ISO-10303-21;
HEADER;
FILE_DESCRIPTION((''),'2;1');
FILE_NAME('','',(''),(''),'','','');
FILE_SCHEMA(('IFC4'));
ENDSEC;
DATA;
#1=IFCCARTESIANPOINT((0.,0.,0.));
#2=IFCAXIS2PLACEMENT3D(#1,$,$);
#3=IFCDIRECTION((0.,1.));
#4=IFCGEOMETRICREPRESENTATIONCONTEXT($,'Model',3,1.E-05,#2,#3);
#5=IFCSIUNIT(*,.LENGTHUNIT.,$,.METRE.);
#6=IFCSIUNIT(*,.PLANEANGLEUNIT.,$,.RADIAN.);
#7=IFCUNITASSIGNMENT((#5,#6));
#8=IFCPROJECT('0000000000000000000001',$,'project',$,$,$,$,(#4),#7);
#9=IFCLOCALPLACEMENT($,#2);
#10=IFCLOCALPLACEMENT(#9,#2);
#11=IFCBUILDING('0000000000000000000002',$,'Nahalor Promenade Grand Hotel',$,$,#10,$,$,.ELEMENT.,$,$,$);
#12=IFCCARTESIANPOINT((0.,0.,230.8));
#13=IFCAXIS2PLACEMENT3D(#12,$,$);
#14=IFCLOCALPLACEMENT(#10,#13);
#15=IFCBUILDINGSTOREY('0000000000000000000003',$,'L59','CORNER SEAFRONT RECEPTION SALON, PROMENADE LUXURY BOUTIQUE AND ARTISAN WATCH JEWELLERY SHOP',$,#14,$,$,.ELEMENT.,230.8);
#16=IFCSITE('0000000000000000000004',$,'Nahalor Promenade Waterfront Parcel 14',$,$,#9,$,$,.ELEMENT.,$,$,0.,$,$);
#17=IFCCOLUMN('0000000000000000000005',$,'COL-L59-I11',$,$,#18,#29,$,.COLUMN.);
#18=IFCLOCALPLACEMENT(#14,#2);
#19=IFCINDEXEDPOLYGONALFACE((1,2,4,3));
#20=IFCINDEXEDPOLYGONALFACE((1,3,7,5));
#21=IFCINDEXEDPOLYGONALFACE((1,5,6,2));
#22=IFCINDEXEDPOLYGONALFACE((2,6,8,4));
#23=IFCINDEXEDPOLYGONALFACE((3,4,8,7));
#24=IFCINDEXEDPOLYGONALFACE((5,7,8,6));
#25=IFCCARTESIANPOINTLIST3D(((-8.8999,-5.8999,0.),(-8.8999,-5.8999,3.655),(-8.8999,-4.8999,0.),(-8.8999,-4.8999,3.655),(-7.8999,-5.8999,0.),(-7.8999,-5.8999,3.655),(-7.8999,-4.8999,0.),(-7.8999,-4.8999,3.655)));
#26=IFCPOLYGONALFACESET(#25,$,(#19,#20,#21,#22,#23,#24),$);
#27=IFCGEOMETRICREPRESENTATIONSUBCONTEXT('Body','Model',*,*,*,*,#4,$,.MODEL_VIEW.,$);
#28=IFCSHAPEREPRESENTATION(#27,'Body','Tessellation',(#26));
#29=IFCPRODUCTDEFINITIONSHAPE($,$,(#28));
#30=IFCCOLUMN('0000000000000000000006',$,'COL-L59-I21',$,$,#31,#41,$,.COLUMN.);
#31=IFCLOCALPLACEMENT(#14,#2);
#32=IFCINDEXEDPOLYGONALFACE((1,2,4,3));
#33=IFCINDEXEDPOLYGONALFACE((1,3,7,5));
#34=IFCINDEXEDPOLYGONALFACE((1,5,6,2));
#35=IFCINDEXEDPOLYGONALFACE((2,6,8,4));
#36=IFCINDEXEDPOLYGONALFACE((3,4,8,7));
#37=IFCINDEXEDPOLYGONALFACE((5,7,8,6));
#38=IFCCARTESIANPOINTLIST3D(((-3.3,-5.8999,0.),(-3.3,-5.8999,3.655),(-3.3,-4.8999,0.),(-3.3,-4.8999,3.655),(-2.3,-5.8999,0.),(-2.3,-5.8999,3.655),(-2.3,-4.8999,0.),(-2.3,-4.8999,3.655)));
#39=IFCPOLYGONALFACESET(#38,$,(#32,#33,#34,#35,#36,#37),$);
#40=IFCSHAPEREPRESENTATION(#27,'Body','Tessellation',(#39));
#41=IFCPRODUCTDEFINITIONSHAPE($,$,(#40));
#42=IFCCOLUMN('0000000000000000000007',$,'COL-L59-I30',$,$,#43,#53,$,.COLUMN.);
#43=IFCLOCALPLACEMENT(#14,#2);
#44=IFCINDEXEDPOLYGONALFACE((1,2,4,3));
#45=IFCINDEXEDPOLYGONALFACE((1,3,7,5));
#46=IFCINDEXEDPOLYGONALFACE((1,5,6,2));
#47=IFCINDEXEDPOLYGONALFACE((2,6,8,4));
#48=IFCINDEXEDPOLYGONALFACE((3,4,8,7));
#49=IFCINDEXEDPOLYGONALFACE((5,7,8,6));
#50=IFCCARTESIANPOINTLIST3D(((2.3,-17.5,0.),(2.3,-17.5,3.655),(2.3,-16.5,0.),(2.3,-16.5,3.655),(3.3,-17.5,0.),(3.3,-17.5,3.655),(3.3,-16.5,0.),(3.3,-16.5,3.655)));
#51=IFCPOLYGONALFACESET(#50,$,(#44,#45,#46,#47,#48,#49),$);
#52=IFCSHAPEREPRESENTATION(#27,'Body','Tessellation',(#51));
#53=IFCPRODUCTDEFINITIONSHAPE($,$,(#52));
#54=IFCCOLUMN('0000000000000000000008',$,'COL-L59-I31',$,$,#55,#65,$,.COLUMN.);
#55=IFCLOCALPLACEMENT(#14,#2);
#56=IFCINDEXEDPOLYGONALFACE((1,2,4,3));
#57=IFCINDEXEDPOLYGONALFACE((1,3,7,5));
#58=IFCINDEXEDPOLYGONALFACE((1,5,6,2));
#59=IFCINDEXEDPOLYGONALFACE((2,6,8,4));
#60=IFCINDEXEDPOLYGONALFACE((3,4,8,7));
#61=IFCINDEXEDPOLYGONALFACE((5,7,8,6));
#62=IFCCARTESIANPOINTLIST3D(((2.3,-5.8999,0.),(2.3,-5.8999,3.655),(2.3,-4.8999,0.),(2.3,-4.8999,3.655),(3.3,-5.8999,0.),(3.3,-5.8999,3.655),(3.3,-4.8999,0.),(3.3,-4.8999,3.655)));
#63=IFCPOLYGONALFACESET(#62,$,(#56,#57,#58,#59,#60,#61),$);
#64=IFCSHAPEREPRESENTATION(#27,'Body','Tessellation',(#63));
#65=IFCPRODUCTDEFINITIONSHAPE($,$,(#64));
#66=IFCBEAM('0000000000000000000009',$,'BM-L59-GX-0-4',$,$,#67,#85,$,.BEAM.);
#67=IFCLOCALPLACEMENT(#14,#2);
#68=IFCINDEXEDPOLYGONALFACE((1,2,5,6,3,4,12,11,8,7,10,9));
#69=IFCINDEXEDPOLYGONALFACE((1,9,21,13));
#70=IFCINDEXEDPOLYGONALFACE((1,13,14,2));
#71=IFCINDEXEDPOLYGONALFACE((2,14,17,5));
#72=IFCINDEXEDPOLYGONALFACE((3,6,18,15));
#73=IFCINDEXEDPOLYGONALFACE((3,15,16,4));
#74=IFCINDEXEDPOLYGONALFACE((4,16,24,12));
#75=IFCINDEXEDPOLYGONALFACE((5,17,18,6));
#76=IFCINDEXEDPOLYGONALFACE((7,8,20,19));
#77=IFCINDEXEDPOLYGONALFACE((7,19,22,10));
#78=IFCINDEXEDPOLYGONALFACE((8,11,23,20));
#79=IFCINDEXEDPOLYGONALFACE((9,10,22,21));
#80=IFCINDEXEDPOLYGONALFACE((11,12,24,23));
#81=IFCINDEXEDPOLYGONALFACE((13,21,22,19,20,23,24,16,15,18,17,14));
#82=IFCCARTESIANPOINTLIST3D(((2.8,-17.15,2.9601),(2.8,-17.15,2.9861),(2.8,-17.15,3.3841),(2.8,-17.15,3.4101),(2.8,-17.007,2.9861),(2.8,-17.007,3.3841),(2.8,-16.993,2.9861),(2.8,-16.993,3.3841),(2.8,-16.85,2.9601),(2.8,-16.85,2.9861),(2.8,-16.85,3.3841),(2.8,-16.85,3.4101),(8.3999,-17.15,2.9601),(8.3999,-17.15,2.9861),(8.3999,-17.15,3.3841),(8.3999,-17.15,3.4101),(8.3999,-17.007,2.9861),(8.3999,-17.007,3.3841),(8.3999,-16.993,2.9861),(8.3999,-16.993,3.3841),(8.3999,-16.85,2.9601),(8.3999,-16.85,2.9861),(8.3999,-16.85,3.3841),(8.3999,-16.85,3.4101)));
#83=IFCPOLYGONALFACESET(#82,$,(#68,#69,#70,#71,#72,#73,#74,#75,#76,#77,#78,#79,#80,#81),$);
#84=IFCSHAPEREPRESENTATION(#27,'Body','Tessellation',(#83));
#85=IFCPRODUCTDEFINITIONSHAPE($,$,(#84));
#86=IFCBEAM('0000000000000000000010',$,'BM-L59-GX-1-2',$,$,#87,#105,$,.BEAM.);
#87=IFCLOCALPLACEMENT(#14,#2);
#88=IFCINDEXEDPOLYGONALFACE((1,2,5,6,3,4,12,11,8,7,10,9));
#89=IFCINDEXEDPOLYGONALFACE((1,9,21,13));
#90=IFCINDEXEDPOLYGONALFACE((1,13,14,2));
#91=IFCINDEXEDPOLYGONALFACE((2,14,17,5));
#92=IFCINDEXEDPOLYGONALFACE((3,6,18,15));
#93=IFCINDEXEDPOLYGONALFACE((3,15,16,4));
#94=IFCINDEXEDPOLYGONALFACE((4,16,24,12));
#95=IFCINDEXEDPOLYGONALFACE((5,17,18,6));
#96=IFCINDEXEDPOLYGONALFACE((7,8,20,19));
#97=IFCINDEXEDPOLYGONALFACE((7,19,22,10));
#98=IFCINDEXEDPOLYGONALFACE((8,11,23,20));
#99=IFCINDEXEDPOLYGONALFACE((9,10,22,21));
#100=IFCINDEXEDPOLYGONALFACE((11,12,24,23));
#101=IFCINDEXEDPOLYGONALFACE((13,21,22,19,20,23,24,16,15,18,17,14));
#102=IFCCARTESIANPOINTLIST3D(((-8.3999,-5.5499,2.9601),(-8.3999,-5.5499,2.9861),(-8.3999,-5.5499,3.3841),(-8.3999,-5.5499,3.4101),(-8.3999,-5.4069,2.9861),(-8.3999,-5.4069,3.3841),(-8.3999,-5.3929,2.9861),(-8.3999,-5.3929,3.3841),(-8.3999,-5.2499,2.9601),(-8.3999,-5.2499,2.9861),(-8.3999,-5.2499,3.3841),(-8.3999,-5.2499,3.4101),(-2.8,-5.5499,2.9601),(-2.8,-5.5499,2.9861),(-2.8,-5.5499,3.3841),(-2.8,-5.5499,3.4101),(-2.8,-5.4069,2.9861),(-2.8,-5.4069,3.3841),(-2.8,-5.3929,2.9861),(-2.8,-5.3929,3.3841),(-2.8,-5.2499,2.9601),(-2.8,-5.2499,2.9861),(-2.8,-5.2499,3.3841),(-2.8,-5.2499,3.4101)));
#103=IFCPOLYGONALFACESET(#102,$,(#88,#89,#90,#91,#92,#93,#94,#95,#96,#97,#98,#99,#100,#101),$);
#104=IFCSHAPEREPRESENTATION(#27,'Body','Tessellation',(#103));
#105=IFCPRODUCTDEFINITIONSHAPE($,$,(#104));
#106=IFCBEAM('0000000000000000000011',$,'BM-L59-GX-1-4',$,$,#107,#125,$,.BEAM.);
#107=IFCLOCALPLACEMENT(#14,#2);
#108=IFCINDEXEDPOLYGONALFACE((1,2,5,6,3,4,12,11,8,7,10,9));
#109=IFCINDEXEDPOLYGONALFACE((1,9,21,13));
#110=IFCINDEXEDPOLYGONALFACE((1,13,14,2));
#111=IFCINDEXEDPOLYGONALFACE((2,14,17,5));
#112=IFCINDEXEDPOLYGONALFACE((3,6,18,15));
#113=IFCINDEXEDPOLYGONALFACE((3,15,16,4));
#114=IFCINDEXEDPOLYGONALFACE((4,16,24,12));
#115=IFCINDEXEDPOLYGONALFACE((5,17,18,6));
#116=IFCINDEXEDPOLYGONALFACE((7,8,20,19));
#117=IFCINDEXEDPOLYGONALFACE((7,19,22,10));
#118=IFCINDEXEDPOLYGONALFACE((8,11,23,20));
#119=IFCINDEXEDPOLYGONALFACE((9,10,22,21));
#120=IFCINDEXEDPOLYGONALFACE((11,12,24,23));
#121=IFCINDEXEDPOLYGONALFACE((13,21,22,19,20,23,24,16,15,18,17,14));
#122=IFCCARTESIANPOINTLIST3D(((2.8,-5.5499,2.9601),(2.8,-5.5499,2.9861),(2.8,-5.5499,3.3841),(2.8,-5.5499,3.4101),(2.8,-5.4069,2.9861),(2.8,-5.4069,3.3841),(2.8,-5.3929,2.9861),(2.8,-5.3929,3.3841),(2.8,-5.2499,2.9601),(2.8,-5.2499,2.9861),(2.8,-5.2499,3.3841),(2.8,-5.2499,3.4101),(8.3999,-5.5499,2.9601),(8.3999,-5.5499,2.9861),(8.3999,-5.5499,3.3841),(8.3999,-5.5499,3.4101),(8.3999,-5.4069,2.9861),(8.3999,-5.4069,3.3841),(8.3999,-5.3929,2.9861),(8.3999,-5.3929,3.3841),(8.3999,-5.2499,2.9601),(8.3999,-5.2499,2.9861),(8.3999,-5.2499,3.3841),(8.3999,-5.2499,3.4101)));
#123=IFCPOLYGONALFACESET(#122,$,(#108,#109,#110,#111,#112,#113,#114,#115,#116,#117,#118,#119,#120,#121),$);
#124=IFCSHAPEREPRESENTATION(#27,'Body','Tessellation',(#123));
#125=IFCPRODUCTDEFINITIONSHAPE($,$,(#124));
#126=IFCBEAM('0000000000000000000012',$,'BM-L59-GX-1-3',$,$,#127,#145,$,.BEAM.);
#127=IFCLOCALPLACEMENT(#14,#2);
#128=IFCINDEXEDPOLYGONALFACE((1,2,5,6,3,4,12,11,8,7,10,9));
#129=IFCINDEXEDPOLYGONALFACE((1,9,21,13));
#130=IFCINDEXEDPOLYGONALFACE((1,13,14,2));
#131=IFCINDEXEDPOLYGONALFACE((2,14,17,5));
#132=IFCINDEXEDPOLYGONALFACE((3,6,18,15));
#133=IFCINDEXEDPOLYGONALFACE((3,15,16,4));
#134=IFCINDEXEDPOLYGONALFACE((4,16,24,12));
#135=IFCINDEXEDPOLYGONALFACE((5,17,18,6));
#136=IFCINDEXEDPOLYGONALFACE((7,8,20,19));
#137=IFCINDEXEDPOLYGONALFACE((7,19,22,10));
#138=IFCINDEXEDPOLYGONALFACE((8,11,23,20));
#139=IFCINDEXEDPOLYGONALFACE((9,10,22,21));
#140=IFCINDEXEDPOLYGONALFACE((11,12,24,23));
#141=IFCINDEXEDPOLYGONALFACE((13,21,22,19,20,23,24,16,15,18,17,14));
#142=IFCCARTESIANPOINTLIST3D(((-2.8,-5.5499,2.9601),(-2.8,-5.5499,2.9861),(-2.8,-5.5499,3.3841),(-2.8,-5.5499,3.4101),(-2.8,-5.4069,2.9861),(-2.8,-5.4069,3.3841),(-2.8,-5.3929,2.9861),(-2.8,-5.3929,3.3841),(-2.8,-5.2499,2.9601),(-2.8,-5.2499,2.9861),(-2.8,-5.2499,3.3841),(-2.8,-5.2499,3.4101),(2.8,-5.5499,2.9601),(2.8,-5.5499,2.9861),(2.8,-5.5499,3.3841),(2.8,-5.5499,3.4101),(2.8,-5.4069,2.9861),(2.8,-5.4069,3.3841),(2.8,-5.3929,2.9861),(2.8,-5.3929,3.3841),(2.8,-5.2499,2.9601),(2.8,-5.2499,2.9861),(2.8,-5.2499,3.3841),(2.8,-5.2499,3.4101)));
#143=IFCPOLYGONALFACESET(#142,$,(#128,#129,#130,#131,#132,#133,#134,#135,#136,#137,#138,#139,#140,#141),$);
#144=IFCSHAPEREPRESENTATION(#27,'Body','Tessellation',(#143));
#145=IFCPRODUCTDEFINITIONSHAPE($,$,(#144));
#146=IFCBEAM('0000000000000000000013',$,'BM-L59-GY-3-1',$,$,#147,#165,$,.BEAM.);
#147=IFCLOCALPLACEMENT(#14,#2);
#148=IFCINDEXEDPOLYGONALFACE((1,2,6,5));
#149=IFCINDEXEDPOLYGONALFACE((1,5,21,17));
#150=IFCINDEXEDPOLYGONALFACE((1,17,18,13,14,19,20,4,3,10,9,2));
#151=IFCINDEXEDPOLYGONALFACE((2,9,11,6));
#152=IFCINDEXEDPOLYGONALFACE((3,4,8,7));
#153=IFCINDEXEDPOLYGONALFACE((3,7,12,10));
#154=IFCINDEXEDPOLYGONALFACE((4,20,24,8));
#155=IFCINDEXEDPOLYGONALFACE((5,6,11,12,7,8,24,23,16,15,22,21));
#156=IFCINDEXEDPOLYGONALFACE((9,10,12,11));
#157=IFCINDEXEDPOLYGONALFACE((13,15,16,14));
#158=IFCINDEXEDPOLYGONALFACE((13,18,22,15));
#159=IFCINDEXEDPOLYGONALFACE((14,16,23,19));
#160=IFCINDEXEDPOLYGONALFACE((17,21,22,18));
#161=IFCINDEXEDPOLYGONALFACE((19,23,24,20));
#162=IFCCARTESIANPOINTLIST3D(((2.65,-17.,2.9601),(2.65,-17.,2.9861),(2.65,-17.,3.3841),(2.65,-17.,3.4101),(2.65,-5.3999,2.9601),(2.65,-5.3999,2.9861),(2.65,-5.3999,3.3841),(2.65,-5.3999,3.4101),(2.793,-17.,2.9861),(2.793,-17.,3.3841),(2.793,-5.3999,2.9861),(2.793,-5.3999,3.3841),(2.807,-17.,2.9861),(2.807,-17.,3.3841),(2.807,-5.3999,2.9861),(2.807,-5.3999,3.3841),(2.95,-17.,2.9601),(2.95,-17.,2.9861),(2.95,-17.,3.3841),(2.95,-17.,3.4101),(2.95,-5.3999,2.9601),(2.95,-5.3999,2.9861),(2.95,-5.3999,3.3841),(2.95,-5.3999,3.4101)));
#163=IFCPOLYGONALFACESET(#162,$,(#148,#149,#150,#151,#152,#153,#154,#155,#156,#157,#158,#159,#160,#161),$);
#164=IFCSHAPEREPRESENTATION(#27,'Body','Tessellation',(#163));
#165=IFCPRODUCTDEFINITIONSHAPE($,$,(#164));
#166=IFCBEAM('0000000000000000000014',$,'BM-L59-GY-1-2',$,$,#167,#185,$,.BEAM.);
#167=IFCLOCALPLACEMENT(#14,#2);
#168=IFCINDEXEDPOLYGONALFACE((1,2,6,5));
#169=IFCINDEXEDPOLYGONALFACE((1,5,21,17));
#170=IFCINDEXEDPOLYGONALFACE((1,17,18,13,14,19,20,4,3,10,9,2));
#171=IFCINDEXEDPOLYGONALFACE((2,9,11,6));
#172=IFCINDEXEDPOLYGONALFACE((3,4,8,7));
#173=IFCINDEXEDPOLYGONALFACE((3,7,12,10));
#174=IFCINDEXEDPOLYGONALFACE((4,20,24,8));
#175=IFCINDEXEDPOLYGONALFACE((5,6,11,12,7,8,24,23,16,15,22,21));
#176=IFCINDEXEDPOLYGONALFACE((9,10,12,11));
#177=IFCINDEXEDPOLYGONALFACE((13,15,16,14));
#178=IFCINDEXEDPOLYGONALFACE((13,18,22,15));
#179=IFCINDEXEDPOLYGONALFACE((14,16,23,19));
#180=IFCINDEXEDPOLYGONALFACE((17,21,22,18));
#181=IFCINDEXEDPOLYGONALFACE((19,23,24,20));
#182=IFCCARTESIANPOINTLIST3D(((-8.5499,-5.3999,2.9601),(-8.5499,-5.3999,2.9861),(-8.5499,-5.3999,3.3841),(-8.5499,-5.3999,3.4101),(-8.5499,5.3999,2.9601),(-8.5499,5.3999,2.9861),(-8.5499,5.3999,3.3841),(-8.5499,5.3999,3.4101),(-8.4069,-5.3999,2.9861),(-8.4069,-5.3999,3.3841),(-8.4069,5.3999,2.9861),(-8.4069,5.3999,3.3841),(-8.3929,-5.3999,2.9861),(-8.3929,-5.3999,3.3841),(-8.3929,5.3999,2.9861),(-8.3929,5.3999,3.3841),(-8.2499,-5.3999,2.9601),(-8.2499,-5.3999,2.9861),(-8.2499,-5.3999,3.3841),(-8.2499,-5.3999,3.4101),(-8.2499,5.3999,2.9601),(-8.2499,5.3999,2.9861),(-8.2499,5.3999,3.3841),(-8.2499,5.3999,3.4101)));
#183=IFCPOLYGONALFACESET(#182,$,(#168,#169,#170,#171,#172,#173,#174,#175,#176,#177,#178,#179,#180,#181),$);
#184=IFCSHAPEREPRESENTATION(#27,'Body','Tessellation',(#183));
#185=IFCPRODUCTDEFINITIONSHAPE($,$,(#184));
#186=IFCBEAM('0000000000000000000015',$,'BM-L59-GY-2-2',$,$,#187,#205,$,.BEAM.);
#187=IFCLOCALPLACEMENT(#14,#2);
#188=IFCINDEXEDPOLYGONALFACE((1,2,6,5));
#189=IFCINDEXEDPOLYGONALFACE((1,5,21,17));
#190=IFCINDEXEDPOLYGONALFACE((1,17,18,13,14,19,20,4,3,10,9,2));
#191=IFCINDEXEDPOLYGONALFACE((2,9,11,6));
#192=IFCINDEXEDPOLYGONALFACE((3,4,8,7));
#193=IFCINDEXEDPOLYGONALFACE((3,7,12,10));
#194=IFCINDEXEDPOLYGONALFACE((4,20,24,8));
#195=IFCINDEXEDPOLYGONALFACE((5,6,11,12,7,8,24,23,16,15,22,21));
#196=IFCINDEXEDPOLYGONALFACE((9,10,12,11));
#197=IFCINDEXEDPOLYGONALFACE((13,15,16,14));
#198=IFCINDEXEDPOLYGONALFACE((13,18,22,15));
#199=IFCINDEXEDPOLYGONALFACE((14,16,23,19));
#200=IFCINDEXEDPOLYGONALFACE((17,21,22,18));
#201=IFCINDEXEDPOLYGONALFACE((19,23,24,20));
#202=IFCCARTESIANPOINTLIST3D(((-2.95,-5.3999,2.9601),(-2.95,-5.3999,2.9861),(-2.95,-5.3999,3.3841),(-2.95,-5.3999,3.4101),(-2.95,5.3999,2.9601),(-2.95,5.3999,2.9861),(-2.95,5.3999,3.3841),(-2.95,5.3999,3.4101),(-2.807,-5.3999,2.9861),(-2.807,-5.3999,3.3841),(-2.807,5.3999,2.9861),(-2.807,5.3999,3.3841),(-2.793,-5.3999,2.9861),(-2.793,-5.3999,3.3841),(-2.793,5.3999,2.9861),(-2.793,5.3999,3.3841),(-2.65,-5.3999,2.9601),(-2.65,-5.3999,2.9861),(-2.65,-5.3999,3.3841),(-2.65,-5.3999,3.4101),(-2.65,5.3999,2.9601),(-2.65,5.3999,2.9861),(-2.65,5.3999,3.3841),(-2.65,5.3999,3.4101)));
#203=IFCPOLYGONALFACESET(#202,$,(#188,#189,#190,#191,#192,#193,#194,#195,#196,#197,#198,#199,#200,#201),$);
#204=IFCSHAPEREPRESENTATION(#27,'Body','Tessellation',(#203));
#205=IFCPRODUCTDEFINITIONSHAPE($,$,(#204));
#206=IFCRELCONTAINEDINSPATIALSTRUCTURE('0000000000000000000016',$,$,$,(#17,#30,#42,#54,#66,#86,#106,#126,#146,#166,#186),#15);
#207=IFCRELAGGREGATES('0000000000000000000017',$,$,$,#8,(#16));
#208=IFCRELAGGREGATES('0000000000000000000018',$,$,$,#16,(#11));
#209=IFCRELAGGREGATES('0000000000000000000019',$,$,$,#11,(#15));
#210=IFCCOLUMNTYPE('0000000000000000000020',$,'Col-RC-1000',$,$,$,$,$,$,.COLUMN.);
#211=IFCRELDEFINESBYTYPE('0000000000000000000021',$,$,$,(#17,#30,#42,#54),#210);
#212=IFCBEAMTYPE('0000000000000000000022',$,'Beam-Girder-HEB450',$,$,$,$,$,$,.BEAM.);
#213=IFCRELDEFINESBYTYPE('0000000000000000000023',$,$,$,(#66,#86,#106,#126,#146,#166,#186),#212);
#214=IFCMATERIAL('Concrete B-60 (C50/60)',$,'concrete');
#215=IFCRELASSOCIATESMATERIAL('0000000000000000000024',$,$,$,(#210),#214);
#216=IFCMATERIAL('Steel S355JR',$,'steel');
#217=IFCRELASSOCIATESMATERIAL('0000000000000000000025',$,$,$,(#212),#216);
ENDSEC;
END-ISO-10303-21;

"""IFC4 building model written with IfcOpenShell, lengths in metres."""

from ifc_helpers import new_model, si_unit, direction, frame, origin, origin_2d, place, context, subcontext, project, spatial, rectangle, i_section, extrude, source, transform, mapped, material, material_profile, profile_set, type_object, element, save


model = new_model("IFC4")

# Units and contexts
model_context = context("Model", 3, precision=1e-05, world=origin(), true_north=direction((0.0, 1.0)))
body_context = subcontext(model_context, "Body", "Model", "MODEL_VIEW")
ifc_project = project(units=[si_unit("LENGTHUNIT", "METRE"), si_unit("PLANEANGLEUNIT", "RADIAN")], contexts=[model_context])

# Site, building, storey
site_placement = place(None, origin())
site = spatial("IfcSite", under=ifc_project, at=site_placement, Name="Nahalor Promenade Waterfront Parcel 14", CompositionType="ELEMENT", RefElevation=0.0)
building_placement = place(site_placement, origin())
building = spatial("IfcBuilding", under=site, at=building_placement, Name="Nahalor Promenade Grand Hotel", CompositionType="ELEMENT")
storey_placement = place(building_placement, frame((0.0, 0.0, 230.8)))
storey = spatial("IfcBuildingStorey", under=building, at=storey_placement, Name="L59", Description="CORNER SEAFRONT RECEPTION SALON, PROMENADE LUXURY BOUTIQUE AND ARTISAN WATCH JEWELLERY SHOP", CompositionType="ELEMENT", Elevation=230.8)

# Columns
ifc_material_1 = material(Name="Concrete B-60 (C50/60)", Category="concrete")
ifc_material_profile_1 = material_profile(ifc_material_1, rectangle(XDim=1.0, YDim=1.0, at=origin_2d()), Name="RC 1000x1000")
ifc_profile_set_1 = profile_set([ifc_material_profile_1], Name="Concrete B-60 (C50/60)")
column_type = type_object("IfcColumnType", Name="Col-RC-1000", PredefinedType="COLUMN", material=ifc_profile_set_1)
shared_shape_1 = source(origin(), body_context, "Body", "SweptSolid", [
    extrude(rectangle(XDim=1.0, YDim=1.0, at=origin_2d()), origin(), (0.0, 0.0, 1.0), 3.655),
])
for number, where, z_axis, x_axis, name in (
    (1, (-8.3999, -5.3999, 0.0), (0.0, 0.0, 1.0), (1.0, 0.0, 0.0), "COL-L59-I11"),
    (2, (-2.8, -5.3999, 0.0), (0.0, 0.0, 1.0), (1.0, 0.0, 0.0), "COL-L59-I21"),
    (3, (2.8, -17.0, 0.0), (0.0, 0.0, 1.0), (1.0, 0.0, 0.0), "COL-L59-I30"),
    (4, (2.8, -5.3999, 0.0), (0.0, 0.0, 1.0), (1.0, 0.0, 0.0), "COL-L59-I31"),
):
    element("IfcColumn", number, at=place(storey_placement, frame(where, z_axis=z_axis, x_axis=x_axis)), inside=storey, type_object=column_type, Name=name, PredefinedType="COLUMN", context=body_context, shape_type="MappedRepresentation", body=[
        mapped(shared_shape_1, transform((0.0, 0.0, 0.0), scale=1.0)),
    ])

# Beams
ifc_material_2 = material(Name="Steel S355JR", Category="steel")
ifc_material_profile_2 = material_profile(ifc_material_2, i_section(OverallWidth=0.3, OverallDepth=0.45, WebThickness=0.014, FlangeThickness=0.026, at=origin_2d()), Name="HEB 450")
ifc_profile_set_2 = profile_set([ifc_material_profile_2], Name="Steel S355JR")
beam_type = type_object("IfcBeamType", Name="Beam-Girder-HEB450", PredefinedType="BEAM", material=ifc_profile_set_2)
shared_shape_2 = source(origin(), body_context, "Body", "SweptSolid", [
    extrude(i_section(OverallWidth=0.3, OverallDepth=0.45, WebThickness=0.014, FlangeThickness=0.026, at=origin_2d()), origin(), (0.0, 0.0, 1.0), 5.5999),
])
for number, where, z_axis, x_axis, name in (
    (5, (2.8, -17.0, 3.1851), (1.0, 0.0, 0.0), (0.0, 1.0, 0.0), "BM-L59-GX-0-4"),
    (6, (-8.3999, -5.3999, 3.1851), (1.0, 0.0, 0.0), (0.0, 1.0, 0.0), "BM-L59-GX-1-2"),
    (7, (2.8, -5.3999, 3.1851), (1.0, 0.0, 0.0), (0.0, 1.0, 0.0), "BM-L59-GX-1-4"),
):
    element("IfcBeam", number, at=place(storey_placement, frame(where, z_axis=z_axis, x_axis=x_axis)), inside=storey, type_object=beam_type, Name=name, PredefinedType="BEAM", context=body_context, shape_type="MappedRepresentation", body=[
        mapped(shared_shape_2, transform((0.0, 0.0, 0.0), scale=1.0)),
    ])
shared_shape_3 = source(origin(), body_context, "Body", "SweptSolid", [
    extrude(i_section(OverallWidth=0.3, OverallDepth=0.45, WebThickness=0.014, FlangeThickness=0.026, at=origin_2d()), origin(), (0.0, 0.0, 1.0), 5.6001),
])
beam_1_placement = place(storey_placement, frame((-2.8, -5.3999, 3.1851), z_axis=(1.0, 0.0, 0.0), x_axis=(0.0, 1.0, 0.0)))
element("IfcBeam", 8, at=beam_1_placement, inside=storey, type_object=beam_type, Name="BM-L59-GX-1-3", PredefinedType="BEAM", context=body_context, shape_type="MappedRepresentation", body=[
    mapped(shared_shape_3, transform((0.0, 0.0, 0.0), scale=1.0)),
])
shared_shape_4 = source(origin(), body_context, "Body", "SweptSolid", [
    extrude(i_section(OverallWidth=0.3, OverallDepth=0.45, WebThickness=0.014, FlangeThickness=0.026, at=origin_2d()), origin(), (0.0, 0.0, 1.0), 11.6001),
])
beam_2_placement = place(storey_placement, frame((2.8, -17.0, 3.1851), z_axis=(0.0, 1.0, 0.0), x_axis=(-1.0, 0.0, 0.0)))
element("IfcBeam", 9, at=beam_2_placement, inside=storey, type_object=beam_type, Name="BM-L59-GY-3-1", PredefinedType="BEAM", context=body_context, shape_type="MappedRepresentation", body=[
    mapped(shared_shape_4, transform((0.0, 0.0, 0.0), scale=1.0)),
])
shared_shape_5 = source(origin(), body_context, "Body", "SweptSolid", [
    extrude(i_section(OverallWidth=0.3, OverallDepth=0.45, WebThickness=0.014, FlangeThickness=0.026, at=origin_2d()), origin(), (0.0, 0.0, 1.0), 10.7998),
])
for number, where, z_axis, x_axis, name in (
    (10, (-8.3999, -5.3999, 3.1851), (0.0, 1.0, 0.0), (-1.0, 0.0, 0.0), "BM-L59-GY-1-2"),
    (11, (-2.8, -5.3999, 3.1851), (0.0, 1.0, 0.0), (-1.0, 0.0, 0.0), "BM-L59-GY-2-2"),
):
    element("IfcBeam", number, at=place(storey_placement, frame(where, z_axis=z_axis, x_axis=x_axis)), inside=storey, type_object=beam_type, Name=name, PredefinedType="BEAM", context=body_context, shape_type="MappedRepresentation", body=[
        mapped(shared_shape_5, transform((0.0, 0.0, 0.0), scale=1.0)),
    ])

save(model, "model.ifc")
